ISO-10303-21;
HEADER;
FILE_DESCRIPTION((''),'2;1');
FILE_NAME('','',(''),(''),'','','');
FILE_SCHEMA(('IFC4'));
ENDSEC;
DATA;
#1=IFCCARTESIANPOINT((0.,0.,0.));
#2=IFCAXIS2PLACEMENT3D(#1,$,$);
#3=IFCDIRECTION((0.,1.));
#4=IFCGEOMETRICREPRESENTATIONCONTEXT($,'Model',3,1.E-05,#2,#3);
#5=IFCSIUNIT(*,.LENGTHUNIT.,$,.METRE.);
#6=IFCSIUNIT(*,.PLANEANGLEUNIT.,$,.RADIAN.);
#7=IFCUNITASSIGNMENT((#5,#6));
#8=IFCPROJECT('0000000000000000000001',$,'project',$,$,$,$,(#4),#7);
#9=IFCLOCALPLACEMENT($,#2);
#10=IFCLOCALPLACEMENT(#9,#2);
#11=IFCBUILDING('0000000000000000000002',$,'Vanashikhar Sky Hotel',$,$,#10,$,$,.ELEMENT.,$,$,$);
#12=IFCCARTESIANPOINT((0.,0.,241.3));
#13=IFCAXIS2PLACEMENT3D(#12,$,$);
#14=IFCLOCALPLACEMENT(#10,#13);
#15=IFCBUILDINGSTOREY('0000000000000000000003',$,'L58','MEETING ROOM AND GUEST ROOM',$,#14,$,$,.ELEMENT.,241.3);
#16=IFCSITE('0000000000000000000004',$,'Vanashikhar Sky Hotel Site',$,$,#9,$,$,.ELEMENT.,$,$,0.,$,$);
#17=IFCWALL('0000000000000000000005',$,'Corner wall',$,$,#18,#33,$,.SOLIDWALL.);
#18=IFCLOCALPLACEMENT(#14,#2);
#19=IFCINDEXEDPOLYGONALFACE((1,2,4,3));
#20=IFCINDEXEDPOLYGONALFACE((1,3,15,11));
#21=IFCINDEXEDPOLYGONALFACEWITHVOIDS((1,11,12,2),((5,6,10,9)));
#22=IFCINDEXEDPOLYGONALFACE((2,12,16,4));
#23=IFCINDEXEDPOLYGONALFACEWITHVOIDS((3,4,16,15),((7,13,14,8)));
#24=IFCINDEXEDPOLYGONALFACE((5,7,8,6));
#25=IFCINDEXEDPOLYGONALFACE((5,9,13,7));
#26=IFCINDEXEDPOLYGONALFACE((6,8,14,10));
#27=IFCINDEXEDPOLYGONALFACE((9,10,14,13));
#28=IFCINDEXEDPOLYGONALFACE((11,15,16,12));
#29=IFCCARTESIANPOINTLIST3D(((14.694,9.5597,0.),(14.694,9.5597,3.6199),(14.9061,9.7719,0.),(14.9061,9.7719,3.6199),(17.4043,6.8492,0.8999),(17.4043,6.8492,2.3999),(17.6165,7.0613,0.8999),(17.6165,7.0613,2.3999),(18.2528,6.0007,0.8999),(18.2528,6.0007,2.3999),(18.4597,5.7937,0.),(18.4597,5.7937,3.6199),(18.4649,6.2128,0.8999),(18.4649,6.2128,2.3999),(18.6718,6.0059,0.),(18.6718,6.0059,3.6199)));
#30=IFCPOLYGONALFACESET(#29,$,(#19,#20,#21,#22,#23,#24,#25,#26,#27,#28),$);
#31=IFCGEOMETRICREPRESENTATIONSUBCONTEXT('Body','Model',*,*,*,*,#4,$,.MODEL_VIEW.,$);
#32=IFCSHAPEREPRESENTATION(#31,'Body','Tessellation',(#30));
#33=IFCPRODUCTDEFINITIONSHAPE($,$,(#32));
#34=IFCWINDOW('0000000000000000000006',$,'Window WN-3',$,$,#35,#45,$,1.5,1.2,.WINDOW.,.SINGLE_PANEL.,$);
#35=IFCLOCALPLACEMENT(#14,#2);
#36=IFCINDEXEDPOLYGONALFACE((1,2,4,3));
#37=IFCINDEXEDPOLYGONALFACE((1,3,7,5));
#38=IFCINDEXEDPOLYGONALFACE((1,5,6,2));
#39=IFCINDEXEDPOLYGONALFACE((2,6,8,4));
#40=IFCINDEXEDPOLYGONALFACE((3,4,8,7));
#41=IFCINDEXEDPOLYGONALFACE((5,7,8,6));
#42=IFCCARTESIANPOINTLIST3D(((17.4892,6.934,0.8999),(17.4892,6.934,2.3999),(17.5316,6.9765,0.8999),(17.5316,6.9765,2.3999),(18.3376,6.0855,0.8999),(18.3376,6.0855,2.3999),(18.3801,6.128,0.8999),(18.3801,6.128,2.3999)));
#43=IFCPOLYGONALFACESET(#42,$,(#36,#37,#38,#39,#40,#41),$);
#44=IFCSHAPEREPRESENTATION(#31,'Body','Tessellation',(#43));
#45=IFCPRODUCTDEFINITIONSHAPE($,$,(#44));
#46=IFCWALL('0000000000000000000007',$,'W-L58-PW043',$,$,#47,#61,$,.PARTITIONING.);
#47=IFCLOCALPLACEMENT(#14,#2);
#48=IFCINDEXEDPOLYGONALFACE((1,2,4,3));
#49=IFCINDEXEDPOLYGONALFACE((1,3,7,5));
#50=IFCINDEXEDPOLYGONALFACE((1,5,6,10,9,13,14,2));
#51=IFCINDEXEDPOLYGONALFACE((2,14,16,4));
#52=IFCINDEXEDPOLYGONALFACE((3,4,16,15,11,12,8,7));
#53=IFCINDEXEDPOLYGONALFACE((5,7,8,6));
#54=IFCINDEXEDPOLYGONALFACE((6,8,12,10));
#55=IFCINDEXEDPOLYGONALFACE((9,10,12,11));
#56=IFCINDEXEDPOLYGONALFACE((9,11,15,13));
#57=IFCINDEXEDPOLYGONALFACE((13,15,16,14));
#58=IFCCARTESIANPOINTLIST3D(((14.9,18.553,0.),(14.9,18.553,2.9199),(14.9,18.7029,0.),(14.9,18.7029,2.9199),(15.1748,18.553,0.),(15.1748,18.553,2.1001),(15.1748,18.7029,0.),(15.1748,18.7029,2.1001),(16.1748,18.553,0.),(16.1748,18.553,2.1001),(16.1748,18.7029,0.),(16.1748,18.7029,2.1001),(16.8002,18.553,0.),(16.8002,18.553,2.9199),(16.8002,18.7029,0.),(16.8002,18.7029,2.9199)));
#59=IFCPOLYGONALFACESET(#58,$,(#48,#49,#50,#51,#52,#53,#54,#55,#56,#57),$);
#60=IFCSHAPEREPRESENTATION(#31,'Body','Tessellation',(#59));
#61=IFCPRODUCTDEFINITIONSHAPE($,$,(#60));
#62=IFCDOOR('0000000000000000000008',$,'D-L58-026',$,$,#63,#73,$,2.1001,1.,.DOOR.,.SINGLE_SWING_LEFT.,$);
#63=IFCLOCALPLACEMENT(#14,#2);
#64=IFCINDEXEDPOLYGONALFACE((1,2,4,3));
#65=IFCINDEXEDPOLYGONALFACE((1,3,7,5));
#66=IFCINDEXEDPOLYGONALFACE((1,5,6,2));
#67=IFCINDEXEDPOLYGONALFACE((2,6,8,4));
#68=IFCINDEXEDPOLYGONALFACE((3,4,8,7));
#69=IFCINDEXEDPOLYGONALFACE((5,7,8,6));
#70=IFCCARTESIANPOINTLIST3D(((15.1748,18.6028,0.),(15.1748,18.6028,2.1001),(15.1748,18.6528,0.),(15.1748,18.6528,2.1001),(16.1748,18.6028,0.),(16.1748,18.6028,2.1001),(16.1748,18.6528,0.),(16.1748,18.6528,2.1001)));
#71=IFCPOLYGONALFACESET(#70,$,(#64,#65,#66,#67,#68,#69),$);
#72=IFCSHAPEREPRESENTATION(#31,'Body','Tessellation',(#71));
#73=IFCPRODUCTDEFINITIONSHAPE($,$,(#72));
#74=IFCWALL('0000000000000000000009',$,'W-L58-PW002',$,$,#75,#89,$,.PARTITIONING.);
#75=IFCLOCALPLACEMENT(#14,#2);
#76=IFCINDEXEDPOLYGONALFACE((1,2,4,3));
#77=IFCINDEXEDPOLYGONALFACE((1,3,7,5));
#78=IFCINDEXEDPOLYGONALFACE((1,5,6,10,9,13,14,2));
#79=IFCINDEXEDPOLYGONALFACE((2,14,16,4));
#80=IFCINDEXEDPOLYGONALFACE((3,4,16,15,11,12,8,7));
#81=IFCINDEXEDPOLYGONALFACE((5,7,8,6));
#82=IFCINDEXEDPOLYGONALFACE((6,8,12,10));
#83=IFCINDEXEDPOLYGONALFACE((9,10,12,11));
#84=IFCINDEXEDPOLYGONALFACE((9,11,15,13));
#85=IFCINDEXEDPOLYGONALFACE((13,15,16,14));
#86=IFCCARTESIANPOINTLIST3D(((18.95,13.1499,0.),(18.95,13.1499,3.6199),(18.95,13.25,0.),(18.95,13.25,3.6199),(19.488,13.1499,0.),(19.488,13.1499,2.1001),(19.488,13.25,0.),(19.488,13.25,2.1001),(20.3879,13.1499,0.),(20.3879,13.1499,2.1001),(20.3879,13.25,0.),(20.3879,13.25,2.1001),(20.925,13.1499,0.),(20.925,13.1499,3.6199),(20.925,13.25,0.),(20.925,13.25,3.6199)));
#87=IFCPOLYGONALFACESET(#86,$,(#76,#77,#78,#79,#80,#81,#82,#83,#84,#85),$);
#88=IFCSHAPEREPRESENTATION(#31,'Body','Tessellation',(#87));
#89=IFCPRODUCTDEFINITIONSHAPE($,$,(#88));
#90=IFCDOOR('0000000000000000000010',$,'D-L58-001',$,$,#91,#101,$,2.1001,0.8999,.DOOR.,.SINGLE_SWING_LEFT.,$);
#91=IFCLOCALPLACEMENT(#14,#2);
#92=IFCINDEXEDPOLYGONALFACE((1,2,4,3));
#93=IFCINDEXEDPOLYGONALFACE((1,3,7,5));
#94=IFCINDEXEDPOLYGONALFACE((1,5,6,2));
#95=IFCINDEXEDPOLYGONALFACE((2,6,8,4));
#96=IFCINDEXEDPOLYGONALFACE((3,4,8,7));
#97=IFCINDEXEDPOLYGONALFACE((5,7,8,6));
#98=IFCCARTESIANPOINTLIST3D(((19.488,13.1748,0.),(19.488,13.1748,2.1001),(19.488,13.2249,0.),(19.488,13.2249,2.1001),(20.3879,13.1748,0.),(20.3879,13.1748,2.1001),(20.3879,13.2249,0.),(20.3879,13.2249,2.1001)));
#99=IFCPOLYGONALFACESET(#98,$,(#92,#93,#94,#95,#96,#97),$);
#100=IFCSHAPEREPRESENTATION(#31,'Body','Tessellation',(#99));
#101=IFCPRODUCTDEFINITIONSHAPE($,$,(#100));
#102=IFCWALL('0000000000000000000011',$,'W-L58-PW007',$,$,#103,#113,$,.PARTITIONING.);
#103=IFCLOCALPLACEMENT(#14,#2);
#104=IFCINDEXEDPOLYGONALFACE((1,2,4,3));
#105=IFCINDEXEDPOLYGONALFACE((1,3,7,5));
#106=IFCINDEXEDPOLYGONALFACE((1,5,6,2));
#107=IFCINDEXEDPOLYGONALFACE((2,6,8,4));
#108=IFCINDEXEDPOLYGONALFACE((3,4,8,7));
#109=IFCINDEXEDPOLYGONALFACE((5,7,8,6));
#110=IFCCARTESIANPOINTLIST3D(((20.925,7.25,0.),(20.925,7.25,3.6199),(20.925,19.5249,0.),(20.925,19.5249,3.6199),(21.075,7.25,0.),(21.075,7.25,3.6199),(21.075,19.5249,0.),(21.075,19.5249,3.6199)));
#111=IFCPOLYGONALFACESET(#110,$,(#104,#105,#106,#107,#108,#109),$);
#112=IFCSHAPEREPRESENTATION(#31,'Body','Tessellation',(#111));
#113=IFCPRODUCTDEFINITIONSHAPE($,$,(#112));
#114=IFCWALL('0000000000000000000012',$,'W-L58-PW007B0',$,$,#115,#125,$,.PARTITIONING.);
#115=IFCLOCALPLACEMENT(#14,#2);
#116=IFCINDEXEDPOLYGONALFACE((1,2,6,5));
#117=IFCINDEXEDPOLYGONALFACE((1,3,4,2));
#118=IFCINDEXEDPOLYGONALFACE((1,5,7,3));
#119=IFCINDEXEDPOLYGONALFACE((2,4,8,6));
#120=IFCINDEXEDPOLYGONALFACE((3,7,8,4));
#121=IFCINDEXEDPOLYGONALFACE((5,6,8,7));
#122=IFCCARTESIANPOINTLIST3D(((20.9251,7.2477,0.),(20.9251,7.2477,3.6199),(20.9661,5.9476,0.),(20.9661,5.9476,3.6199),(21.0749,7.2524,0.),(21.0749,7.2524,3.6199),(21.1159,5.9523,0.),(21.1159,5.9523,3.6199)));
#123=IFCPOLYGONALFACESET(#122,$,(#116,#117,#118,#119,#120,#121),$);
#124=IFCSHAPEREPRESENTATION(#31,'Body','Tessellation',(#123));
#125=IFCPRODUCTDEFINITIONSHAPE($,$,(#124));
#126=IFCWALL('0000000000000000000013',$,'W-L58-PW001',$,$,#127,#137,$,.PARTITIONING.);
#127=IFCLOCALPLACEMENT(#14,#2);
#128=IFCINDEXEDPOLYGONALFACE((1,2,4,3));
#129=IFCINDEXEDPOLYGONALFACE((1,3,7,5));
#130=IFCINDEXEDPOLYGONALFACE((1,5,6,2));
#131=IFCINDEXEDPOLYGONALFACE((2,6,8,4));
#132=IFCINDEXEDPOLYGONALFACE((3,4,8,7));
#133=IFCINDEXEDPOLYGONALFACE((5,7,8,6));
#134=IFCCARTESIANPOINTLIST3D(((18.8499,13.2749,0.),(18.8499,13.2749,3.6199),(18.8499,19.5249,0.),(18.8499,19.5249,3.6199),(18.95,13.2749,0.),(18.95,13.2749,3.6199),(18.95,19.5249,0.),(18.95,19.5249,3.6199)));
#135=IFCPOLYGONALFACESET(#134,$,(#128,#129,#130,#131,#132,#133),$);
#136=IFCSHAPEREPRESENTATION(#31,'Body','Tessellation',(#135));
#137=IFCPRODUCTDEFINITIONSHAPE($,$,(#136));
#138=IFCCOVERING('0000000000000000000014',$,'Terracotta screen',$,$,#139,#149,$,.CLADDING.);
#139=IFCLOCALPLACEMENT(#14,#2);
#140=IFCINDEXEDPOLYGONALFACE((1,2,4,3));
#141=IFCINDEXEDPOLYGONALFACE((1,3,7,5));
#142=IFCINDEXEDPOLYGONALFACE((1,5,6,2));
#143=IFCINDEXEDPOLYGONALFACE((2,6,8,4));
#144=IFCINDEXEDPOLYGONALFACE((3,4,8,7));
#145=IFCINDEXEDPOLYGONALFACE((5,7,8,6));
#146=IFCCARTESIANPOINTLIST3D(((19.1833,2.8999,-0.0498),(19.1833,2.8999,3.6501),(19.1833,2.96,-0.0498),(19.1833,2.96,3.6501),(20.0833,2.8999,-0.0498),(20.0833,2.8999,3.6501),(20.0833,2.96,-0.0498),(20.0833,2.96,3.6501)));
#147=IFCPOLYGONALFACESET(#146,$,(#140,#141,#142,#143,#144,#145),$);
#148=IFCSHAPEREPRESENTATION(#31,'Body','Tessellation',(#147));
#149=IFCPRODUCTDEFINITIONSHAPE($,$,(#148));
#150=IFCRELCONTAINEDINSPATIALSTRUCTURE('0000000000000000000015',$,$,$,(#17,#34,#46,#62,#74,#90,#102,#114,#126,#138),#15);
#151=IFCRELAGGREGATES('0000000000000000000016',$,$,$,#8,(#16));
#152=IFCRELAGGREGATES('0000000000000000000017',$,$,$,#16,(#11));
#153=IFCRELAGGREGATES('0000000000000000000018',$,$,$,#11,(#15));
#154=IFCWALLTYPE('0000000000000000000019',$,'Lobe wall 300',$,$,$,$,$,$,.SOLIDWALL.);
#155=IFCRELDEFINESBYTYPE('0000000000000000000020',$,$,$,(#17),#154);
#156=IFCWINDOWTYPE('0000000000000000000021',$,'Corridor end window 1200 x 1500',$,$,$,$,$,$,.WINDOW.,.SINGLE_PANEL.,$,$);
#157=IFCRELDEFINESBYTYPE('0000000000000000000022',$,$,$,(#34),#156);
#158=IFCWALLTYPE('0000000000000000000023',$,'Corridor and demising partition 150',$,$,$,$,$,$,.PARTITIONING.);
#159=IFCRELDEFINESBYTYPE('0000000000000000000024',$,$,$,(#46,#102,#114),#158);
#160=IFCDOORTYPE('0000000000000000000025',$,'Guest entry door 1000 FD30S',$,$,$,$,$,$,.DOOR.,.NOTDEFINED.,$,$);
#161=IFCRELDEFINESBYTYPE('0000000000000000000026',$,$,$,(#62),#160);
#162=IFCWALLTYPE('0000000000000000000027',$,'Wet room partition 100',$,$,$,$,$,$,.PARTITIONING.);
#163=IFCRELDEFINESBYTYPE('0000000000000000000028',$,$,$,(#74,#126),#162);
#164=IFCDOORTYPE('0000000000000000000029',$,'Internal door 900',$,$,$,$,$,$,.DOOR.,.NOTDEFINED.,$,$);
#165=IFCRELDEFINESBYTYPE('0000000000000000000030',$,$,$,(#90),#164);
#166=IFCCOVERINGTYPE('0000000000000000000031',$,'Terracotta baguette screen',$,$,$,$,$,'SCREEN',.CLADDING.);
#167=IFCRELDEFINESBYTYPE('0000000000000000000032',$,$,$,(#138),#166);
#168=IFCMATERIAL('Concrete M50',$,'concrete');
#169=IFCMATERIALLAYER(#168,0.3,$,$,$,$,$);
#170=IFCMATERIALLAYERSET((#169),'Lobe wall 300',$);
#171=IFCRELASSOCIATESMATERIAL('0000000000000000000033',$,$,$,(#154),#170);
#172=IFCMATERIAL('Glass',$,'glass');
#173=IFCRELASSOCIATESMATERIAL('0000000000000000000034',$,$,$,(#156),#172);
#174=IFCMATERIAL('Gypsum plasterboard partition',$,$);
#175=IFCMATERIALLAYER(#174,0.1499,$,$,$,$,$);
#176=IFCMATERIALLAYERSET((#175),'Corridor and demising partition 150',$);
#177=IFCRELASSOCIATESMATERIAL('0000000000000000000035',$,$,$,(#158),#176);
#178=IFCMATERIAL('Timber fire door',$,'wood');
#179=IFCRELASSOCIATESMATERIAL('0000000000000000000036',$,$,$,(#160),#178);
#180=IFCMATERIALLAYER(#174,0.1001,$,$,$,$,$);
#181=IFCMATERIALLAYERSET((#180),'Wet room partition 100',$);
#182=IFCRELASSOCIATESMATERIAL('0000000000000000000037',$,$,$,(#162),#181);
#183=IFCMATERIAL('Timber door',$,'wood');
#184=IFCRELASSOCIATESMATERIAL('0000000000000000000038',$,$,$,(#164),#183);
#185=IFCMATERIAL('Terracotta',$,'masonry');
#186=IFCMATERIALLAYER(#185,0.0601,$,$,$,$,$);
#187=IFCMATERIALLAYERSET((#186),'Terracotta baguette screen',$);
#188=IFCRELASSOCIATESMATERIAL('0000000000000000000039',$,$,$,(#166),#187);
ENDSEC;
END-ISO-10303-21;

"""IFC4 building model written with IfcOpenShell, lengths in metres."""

from ifc_helpers import new_model, si_unit, direction, frame, frame_2d, origin, origin_2d, place, context, subcontext, project, spatial, rectangle, extrude, source, transform, mapped, material, layer, layer_set, type_object, element, fill, save


model = new_model("IFC4")

# Units and contexts
model_context = context("Model", 3, precision=1e-05, world=origin(), true_north=direction((0.0, 1.0)))
body_context = subcontext(model_context, "Body", "Model", "MODEL_VIEW")
ifc_project = project(units=[si_unit("LENGTHUNIT", "METRE"), si_unit("PLANEANGLEUNIT", "RADIAN")], contexts=[model_context])

# Site, building, storey
site_placement = place(None, origin())
site = spatial("IfcSite", under=ifc_project, at=site_placement, Name="Vanashikhar Sky Hotel Site", CompositionType="ELEMENT", RefElevation=0.0)
building_placement = place(site_placement, origin())
building = spatial("IfcBuilding", under=site, at=building_placement, Name="Vanashikhar Sky Hotel", CompositionType="ELEMENT")
storey_placement = place(building_placement, frame((0.0, 0.0, 241.3)))
storey = spatial("IfcBuildingStorey", under=building, at=storey_placement, Name="L58", Description="MEETING ROOM AND GUEST ROOM", CompositionType="ELEMENT", Elevation=241.3)

# Shared definitions
ifc_material_1 = material(Name="Concrete M50", Category="concrete")

# Shared definitions
ifc_material_2 = material(Name="Glass", Category="glass")

# Wall, opening, window
ifc_layer_1 = layer(ifc_material_1, 0.3)
ifc_layer_set_1 = layer_set([ifc_layer_1], Name="Lobe wall 300")
wall_type_1 = type_object("IfcWallType", Name="Lobe wall 300", PredefinedType="SOLIDWALL", material=ifc_layer_set_1)
shared_shape_1 = source(origin(), body_context, "Body", "SweptSolid", [
    extrude(rectangle(XDim=5.3257, YDim=0.3, at=frame_2d((2.6628, 0.0))), origin(), (0.0, 0.0, 1.0), 3.6199),
])
wall_1_placement = place(storey_placement, frame((14.8, 9.6658, 0.0), z_axis=(0.0, 0.0, 1.0), x_axis=(0.707084, -0.70713, 0.0)))
wall_1 = element("IfcWall", 1, at=wall_1_placement, inside=storey, type_object=wall_type_1, Name="Corner wall", PredefinedType="SOLIDWALL", context=body_context, shape_type="MappedRepresentation", body=[
    mapped(shared_shape_1, transform((0.0, 0.0, 0.0), scale=1.0)),
])
shared_shape_2 = source(origin(), body_context, "Body", "SweptSolid", [
    extrude(rectangle(XDim=1.2, YDim=1.5, at=frame_2d((0.6001, 0.75))), frame((0.0, 0.1602, 0.0), z_axis=(0.0, -1.0, 0.0), x_axis=(1.0, 0.0, 0.0)), (0.0, 0.0, 1.0), 0.3201),
])
opening_1_placement = place(wall_1_placement, frame((3.833, 0.0, 0.8999)))
opening_1 = element("IfcOpeningElement", 2, at=opening_1_placement, cuts=wall_1, PredefinedType="OPENING", context=body_context, shape_type="MappedRepresentation", body=[
    mapped(shared_shape_2, transform((0.0, 0.0, 0.0), scale=1.0)),
])
window_type_1 = type_object("IfcWindowType", Name="Corridor end window 1200 x 1500", PartitioningType="SINGLE_PANEL", PredefinedType="WINDOW", material=ifc_material_2)
shared_shape_3 = source(origin(), body_context, "Body", "SweptSolid", [
    extrude(rectangle(XDim=1.2, YDim=1.5, at=frame_2d((0.6001, 0.75))), frame((0.0, 0.03, 0.0), z_axis=(0.0, -1.0, 0.0), x_axis=(1.0, 0.0, 0.0)), (0.0, 0.0, 1.0), 0.0601),
])
window_1_placement = place(opening_1_placement, origin())
window_1 = element("IfcWindow", 3, at=window_1_placement, inside=storey, type_object=window_type_1, Name="Window WN-3", OverallHeight=1.5, OverallWidth=1.2, PartitioningType="SINGLE_PANEL", PredefinedType="WINDOW", context=body_context, shape_type="MappedRepresentation", body=[
    mapped(shared_shape_3, transform((0.0, 0.0, 0.0), scale=1.0)),
])
fill(opening_1, window_1)

# Walls, openings, doors
ifc_material_3 = material(Name="Gypsum plasterboard partition")
ifc_layer_2 = layer(ifc_material_3, 0.1499)
ifc_layer_set_2 = layer_set([ifc_layer_2], Name="Corridor and demising partition 150")
wall_type_2 = type_object("IfcWallType", Name="Corridor and demising partition 150", PredefinedType="PARTITIONING", material=ifc_layer_set_2)
shared_shape_4 = source(origin(), body_context, "Body", "SweptSolid", [
    extrude(rectangle(XDim=1.9001, YDim=0.1499, at=frame_2d((0.9502, 0.0))), origin(), (0.0, 0.0, 1.0), 2.9199),
])
wall_2_placement = place(storey_placement, frame((14.8999, 18.6279, 0.0), z_axis=(0.0, 0.0, 1.0), x_axis=(1.0, 0.0, 0.0)))
wall_2 = element("IfcWall", 4, at=wall_2_placement, inside=storey, type_object=wall_type_2, Name="W-L58-PW043", PredefinedType="PARTITIONING", context=body_context, shape_type="MappedRepresentation", body=[
    mapped(shared_shape_4, transform((0.0, 0.0, 0.0), scale=1.0)),
])
shared_shape_5 = source(origin(), body_context, "Body", "SweptSolid", [
    extrude(rectangle(XDim=1.0, YDim=2.1001, at=frame_2d((0.5, 1.05))), frame((0.0, 0.085, 0.0), z_axis=(0.0, -1.0, 0.0), x_axis=(1.0, 0.0, 0.0)), (0.0, 0.0, 1.0), 0.1699),
])
opening_2_placement = place(wall_2_placement, frame((0.2749, 0.0, 0.0)))
opening_2 = element("IfcOpeningElement", 5, at=opening_2_placement, cuts=wall_2, PredefinedType="OPENING", context=body_context, shape_type="MappedRepresentation", body=[
    mapped(shared_shape_5, transform((0.0, 0.0, 0.0), scale=1.0)),
])
ifc_material_4 = material(Name="Timber fire door", Category="wood")
door_type_1 = type_object("IfcDoorType", Name="Guest entry door 1000 FD30S", OperationType="NOTDEFINED", PredefinedType="DOOR", material=ifc_material_4)
shared_shape_6 = source(origin(), body_context, "Body", "SweptSolid", [
    extrude(rectangle(XDim=1.0, YDim=2.1001, at=frame_2d((0.5, 1.05))), frame((0.0, 0.0249, 0.0), z_axis=(0.0, -1.0, 0.0), x_axis=(1.0, 0.0, 0.0)), (0.0, 0.0, 1.0), 0.05),
])
door_1_placement = place(opening_2_placement, origin())
door_1 = element("IfcDoor", 6, at=door_1_placement, inside=storey, type_object=door_type_1, Name="D-L58-026", OperationType="SINGLE_SWING_LEFT", OverallHeight=2.1001, OverallWidth=1.0, PredefinedType="DOOR", context=body_context, shape_type="MappedRepresentation", body=[
    mapped(shared_shape_6, transform((0.0, 0.0, 0.0), scale=1.0)),
])
fill(opening_2, door_1)
ifc_layer_3 = layer(ifc_material_3, 0.1001)
ifc_layer_set_3 = layer_set([ifc_layer_3], Name="Wet room partition 100")
wall_type_3 = type_object("IfcWallType", Name="Wet room partition 100", PredefinedType="PARTITIONING", material=ifc_layer_set_3)
shared_shape_7 = source(origin(), body_context, "Body", "SweptSolid", [
    extrude(rectangle(XDim=1.9751, YDim=0.1001, at=frame_2d((0.9875, 0.0))), origin(), (0.0, 0.0, 1.0), 3.6199),
])
wall_3_placement = place(storey_placement, frame((18.95, 13.2, 0.0), z_axis=(0.0, 0.0, 1.0), x_axis=(1.0, 0.0, 0.0)))
wall_3 = element("IfcWall", 7, at=wall_3_placement, inside=storey, type_object=wall_type_3, Name="W-L58-PW002", PredefinedType="PARTITIONING", context=body_context, shape_type="MappedRepresentation", body=[
    mapped(shared_shape_7, transform((0.0, 0.0, 0.0), scale=1.0)),
])
shared_shape_8 = source(origin(), body_context, "Body", "SweptSolid", [
    extrude(rectangle(XDim=0.8999, YDim=2.1001, at=frame_2d((0.45, 1.05))), frame((0.0, 0.0601, 0.0), z_axis=(0.0, -1.0, 0.0), x_axis=(1.0, 0.0, 0.0)), (0.0, 0.0, 1.0), 0.1201),
])
opening_3_placement = place(wall_3_placement, frame((0.5381, 0.0, 0.0)))
opening_3 = element("IfcOpeningElement", 8, at=opening_3_placement, cuts=wall_3, PredefinedType="OPENING", context=body_context, shape_type="MappedRepresentation", body=[
    mapped(shared_shape_8, transform((0.0, 0.0, 0.0), scale=1.0)),
])
ifc_material_5 = material(Name="Timber door", Category="wood")
door_type_2 = type_object("IfcDoorType", Name="Internal door 900", OperationType="NOTDEFINED", PredefinedType="DOOR", material=ifc_material_5)
shared_shape_9 = source(origin(), body_context, "Body", "SweptSolid", [
    extrude(rectangle(XDim=0.8999, YDim=2.1001, at=frame_2d((0.45, 1.05))), frame((0.0, 0.0249, 0.0), z_axis=(0.0, -1.0, 0.0), x_axis=(1.0, 0.0, 0.0)), (0.0, 0.0, 1.0), 0.05),
])
door_2_placement = place(opening_3_placement, origin())
door_2 = element("IfcDoor", 9, at=door_2_placement, inside=storey, type_object=door_type_2, Name="D-L58-001", OperationType="SINGLE_SWING_LEFT", OverallHeight=2.1001, OverallWidth=0.8999, PredefinedType="DOOR", context=body_context, shape_type="MappedRepresentation", body=[
    mapped(shared_shape_9, transform((0.0, 0.0, 0.0), scale=1.0)),
])
fill(opening_3, door_2)

# Walls
shared_shape_10 = source(origin(), body_context, "Body", "SweptSolid", [
    extrude(rectangle(XDim=12.2749, YDim=0.1499, at=frame_2d((6.1375, 0.0))), origin(), (0.0, 0.0, 1.0), 3.6199),
])
wall_4_placement = place(storey_placement, frame((21.0, 7.25, 0.0), z_axis=(0.0, 0.0, 1.0), x_axis=(0.0, 1.0, 0.0)))
element("IfcWall", 10, at=wall_4_placement, inside=storey, type_object=wall_type_2, Name="W-L58-PW007", PredefinedType="PARTITIONING", context=body_context, shape_type="MappedRepresentation", body=[
    mapped(shared_shape_10, transform((0.0, 0.0, 0.0), scale=1.0)),
])
shared_shape_11 = source(origin(), body_context, "Body", "SweptSolid", [
    extrude(rectangle(XDim=1.3008, YDim=0.1499, at=frame_2d((0.6504, 0.0))), origin(), (0.0, 0.0, 1.0), 3.6199),
])
wall_5_placement = place(storey_placement, frame((21.041, 5.95, 0.0), z_axis=(0.0, 0.0, 1.0), x_axis=(-0.031534, 0.999503, 0.0)))
element("IfcWall", 11, at=wall_5_placement, inside=storey, type_object=wall_type_2, Name="W-L58-PW007B0", PredefinedType="PARTITIONING", context=body_context, shape_type="MappedRepresentation", body=[
    mapped(shared_shape_11, transform((0.0, 0.0, 0.0), scale=1.0)),
])
shared_shape_12 = source(origin(), body_context, "Body", "SweptSolid", [
    extrude(rectangle(XDim=6.25, YDim=0.1001, at=frame_2d((3.125, 0.0))), origin(), (0.0, 0.0, 1.0), 3.6199),
])
wall_6_placement = place(storey_placement, frame((18.8999, 13.2749, 0.0), z_axis=(0.0, 0.0, 1.0), x_axis=(0.0, 1.0, 0.0)))
element("IfcWall", 12, at=wall_6_placement, inside=storey, type_object=wall_type_3, Name="W-L58-PW001", PredefinedType="PARTITIONING", context=body_context, shape_type="MappedRepresentation", body=[
    mapped(shared_shape_12, transform((0.0, 0.0, 0.0), scale=1.0)),
])

# Covering
ifc_material_6 = material(Name="Terracotta", Category="masonry")
ifc_layer_4 = layer(ifc_material_6, 0.0601)
ifc_layer_set_4 = layer_set([ifc_layer_4], Name="Terracotta baguette screen")
covering_type = type_object("IfcCoveringType", Name="Terracotta baguette screen", ElementType="SCREEN", PredefinedType="CLADDING", material=ifc_layer_set_4)
shared_shape_13 = source(origin(), body_context, "Body", "SweptSolid", [
    extrude(rectangle(XDim=0.8999, YDim=0.0601, at=origin_2d()), origin(), (0.0, 0.0, 1.0), 3.7),
])
for number, where, z_axis, x_axis, name in (
    (13, (19.6333, 2.9299, -0.0498), (0.0, 0.0, 1.0), (1.0, 0.0, 0.0), "Terracotta screen"),
):
    element("IfcCovering", number, at=place(storey_placement, frame(where, z_axis=z_axis, x_axis=x_axis)), inside=storey, type_object=covering_type, Name=name, PredefinedType="CLADDING", context=body_context, shape_type="MappedRepresentation", body=[
        mapped(shared_shape_13, transform((0.0, 0.0, 0.0), scale=1.0)),
    ])

save(model, "model.ifc")
